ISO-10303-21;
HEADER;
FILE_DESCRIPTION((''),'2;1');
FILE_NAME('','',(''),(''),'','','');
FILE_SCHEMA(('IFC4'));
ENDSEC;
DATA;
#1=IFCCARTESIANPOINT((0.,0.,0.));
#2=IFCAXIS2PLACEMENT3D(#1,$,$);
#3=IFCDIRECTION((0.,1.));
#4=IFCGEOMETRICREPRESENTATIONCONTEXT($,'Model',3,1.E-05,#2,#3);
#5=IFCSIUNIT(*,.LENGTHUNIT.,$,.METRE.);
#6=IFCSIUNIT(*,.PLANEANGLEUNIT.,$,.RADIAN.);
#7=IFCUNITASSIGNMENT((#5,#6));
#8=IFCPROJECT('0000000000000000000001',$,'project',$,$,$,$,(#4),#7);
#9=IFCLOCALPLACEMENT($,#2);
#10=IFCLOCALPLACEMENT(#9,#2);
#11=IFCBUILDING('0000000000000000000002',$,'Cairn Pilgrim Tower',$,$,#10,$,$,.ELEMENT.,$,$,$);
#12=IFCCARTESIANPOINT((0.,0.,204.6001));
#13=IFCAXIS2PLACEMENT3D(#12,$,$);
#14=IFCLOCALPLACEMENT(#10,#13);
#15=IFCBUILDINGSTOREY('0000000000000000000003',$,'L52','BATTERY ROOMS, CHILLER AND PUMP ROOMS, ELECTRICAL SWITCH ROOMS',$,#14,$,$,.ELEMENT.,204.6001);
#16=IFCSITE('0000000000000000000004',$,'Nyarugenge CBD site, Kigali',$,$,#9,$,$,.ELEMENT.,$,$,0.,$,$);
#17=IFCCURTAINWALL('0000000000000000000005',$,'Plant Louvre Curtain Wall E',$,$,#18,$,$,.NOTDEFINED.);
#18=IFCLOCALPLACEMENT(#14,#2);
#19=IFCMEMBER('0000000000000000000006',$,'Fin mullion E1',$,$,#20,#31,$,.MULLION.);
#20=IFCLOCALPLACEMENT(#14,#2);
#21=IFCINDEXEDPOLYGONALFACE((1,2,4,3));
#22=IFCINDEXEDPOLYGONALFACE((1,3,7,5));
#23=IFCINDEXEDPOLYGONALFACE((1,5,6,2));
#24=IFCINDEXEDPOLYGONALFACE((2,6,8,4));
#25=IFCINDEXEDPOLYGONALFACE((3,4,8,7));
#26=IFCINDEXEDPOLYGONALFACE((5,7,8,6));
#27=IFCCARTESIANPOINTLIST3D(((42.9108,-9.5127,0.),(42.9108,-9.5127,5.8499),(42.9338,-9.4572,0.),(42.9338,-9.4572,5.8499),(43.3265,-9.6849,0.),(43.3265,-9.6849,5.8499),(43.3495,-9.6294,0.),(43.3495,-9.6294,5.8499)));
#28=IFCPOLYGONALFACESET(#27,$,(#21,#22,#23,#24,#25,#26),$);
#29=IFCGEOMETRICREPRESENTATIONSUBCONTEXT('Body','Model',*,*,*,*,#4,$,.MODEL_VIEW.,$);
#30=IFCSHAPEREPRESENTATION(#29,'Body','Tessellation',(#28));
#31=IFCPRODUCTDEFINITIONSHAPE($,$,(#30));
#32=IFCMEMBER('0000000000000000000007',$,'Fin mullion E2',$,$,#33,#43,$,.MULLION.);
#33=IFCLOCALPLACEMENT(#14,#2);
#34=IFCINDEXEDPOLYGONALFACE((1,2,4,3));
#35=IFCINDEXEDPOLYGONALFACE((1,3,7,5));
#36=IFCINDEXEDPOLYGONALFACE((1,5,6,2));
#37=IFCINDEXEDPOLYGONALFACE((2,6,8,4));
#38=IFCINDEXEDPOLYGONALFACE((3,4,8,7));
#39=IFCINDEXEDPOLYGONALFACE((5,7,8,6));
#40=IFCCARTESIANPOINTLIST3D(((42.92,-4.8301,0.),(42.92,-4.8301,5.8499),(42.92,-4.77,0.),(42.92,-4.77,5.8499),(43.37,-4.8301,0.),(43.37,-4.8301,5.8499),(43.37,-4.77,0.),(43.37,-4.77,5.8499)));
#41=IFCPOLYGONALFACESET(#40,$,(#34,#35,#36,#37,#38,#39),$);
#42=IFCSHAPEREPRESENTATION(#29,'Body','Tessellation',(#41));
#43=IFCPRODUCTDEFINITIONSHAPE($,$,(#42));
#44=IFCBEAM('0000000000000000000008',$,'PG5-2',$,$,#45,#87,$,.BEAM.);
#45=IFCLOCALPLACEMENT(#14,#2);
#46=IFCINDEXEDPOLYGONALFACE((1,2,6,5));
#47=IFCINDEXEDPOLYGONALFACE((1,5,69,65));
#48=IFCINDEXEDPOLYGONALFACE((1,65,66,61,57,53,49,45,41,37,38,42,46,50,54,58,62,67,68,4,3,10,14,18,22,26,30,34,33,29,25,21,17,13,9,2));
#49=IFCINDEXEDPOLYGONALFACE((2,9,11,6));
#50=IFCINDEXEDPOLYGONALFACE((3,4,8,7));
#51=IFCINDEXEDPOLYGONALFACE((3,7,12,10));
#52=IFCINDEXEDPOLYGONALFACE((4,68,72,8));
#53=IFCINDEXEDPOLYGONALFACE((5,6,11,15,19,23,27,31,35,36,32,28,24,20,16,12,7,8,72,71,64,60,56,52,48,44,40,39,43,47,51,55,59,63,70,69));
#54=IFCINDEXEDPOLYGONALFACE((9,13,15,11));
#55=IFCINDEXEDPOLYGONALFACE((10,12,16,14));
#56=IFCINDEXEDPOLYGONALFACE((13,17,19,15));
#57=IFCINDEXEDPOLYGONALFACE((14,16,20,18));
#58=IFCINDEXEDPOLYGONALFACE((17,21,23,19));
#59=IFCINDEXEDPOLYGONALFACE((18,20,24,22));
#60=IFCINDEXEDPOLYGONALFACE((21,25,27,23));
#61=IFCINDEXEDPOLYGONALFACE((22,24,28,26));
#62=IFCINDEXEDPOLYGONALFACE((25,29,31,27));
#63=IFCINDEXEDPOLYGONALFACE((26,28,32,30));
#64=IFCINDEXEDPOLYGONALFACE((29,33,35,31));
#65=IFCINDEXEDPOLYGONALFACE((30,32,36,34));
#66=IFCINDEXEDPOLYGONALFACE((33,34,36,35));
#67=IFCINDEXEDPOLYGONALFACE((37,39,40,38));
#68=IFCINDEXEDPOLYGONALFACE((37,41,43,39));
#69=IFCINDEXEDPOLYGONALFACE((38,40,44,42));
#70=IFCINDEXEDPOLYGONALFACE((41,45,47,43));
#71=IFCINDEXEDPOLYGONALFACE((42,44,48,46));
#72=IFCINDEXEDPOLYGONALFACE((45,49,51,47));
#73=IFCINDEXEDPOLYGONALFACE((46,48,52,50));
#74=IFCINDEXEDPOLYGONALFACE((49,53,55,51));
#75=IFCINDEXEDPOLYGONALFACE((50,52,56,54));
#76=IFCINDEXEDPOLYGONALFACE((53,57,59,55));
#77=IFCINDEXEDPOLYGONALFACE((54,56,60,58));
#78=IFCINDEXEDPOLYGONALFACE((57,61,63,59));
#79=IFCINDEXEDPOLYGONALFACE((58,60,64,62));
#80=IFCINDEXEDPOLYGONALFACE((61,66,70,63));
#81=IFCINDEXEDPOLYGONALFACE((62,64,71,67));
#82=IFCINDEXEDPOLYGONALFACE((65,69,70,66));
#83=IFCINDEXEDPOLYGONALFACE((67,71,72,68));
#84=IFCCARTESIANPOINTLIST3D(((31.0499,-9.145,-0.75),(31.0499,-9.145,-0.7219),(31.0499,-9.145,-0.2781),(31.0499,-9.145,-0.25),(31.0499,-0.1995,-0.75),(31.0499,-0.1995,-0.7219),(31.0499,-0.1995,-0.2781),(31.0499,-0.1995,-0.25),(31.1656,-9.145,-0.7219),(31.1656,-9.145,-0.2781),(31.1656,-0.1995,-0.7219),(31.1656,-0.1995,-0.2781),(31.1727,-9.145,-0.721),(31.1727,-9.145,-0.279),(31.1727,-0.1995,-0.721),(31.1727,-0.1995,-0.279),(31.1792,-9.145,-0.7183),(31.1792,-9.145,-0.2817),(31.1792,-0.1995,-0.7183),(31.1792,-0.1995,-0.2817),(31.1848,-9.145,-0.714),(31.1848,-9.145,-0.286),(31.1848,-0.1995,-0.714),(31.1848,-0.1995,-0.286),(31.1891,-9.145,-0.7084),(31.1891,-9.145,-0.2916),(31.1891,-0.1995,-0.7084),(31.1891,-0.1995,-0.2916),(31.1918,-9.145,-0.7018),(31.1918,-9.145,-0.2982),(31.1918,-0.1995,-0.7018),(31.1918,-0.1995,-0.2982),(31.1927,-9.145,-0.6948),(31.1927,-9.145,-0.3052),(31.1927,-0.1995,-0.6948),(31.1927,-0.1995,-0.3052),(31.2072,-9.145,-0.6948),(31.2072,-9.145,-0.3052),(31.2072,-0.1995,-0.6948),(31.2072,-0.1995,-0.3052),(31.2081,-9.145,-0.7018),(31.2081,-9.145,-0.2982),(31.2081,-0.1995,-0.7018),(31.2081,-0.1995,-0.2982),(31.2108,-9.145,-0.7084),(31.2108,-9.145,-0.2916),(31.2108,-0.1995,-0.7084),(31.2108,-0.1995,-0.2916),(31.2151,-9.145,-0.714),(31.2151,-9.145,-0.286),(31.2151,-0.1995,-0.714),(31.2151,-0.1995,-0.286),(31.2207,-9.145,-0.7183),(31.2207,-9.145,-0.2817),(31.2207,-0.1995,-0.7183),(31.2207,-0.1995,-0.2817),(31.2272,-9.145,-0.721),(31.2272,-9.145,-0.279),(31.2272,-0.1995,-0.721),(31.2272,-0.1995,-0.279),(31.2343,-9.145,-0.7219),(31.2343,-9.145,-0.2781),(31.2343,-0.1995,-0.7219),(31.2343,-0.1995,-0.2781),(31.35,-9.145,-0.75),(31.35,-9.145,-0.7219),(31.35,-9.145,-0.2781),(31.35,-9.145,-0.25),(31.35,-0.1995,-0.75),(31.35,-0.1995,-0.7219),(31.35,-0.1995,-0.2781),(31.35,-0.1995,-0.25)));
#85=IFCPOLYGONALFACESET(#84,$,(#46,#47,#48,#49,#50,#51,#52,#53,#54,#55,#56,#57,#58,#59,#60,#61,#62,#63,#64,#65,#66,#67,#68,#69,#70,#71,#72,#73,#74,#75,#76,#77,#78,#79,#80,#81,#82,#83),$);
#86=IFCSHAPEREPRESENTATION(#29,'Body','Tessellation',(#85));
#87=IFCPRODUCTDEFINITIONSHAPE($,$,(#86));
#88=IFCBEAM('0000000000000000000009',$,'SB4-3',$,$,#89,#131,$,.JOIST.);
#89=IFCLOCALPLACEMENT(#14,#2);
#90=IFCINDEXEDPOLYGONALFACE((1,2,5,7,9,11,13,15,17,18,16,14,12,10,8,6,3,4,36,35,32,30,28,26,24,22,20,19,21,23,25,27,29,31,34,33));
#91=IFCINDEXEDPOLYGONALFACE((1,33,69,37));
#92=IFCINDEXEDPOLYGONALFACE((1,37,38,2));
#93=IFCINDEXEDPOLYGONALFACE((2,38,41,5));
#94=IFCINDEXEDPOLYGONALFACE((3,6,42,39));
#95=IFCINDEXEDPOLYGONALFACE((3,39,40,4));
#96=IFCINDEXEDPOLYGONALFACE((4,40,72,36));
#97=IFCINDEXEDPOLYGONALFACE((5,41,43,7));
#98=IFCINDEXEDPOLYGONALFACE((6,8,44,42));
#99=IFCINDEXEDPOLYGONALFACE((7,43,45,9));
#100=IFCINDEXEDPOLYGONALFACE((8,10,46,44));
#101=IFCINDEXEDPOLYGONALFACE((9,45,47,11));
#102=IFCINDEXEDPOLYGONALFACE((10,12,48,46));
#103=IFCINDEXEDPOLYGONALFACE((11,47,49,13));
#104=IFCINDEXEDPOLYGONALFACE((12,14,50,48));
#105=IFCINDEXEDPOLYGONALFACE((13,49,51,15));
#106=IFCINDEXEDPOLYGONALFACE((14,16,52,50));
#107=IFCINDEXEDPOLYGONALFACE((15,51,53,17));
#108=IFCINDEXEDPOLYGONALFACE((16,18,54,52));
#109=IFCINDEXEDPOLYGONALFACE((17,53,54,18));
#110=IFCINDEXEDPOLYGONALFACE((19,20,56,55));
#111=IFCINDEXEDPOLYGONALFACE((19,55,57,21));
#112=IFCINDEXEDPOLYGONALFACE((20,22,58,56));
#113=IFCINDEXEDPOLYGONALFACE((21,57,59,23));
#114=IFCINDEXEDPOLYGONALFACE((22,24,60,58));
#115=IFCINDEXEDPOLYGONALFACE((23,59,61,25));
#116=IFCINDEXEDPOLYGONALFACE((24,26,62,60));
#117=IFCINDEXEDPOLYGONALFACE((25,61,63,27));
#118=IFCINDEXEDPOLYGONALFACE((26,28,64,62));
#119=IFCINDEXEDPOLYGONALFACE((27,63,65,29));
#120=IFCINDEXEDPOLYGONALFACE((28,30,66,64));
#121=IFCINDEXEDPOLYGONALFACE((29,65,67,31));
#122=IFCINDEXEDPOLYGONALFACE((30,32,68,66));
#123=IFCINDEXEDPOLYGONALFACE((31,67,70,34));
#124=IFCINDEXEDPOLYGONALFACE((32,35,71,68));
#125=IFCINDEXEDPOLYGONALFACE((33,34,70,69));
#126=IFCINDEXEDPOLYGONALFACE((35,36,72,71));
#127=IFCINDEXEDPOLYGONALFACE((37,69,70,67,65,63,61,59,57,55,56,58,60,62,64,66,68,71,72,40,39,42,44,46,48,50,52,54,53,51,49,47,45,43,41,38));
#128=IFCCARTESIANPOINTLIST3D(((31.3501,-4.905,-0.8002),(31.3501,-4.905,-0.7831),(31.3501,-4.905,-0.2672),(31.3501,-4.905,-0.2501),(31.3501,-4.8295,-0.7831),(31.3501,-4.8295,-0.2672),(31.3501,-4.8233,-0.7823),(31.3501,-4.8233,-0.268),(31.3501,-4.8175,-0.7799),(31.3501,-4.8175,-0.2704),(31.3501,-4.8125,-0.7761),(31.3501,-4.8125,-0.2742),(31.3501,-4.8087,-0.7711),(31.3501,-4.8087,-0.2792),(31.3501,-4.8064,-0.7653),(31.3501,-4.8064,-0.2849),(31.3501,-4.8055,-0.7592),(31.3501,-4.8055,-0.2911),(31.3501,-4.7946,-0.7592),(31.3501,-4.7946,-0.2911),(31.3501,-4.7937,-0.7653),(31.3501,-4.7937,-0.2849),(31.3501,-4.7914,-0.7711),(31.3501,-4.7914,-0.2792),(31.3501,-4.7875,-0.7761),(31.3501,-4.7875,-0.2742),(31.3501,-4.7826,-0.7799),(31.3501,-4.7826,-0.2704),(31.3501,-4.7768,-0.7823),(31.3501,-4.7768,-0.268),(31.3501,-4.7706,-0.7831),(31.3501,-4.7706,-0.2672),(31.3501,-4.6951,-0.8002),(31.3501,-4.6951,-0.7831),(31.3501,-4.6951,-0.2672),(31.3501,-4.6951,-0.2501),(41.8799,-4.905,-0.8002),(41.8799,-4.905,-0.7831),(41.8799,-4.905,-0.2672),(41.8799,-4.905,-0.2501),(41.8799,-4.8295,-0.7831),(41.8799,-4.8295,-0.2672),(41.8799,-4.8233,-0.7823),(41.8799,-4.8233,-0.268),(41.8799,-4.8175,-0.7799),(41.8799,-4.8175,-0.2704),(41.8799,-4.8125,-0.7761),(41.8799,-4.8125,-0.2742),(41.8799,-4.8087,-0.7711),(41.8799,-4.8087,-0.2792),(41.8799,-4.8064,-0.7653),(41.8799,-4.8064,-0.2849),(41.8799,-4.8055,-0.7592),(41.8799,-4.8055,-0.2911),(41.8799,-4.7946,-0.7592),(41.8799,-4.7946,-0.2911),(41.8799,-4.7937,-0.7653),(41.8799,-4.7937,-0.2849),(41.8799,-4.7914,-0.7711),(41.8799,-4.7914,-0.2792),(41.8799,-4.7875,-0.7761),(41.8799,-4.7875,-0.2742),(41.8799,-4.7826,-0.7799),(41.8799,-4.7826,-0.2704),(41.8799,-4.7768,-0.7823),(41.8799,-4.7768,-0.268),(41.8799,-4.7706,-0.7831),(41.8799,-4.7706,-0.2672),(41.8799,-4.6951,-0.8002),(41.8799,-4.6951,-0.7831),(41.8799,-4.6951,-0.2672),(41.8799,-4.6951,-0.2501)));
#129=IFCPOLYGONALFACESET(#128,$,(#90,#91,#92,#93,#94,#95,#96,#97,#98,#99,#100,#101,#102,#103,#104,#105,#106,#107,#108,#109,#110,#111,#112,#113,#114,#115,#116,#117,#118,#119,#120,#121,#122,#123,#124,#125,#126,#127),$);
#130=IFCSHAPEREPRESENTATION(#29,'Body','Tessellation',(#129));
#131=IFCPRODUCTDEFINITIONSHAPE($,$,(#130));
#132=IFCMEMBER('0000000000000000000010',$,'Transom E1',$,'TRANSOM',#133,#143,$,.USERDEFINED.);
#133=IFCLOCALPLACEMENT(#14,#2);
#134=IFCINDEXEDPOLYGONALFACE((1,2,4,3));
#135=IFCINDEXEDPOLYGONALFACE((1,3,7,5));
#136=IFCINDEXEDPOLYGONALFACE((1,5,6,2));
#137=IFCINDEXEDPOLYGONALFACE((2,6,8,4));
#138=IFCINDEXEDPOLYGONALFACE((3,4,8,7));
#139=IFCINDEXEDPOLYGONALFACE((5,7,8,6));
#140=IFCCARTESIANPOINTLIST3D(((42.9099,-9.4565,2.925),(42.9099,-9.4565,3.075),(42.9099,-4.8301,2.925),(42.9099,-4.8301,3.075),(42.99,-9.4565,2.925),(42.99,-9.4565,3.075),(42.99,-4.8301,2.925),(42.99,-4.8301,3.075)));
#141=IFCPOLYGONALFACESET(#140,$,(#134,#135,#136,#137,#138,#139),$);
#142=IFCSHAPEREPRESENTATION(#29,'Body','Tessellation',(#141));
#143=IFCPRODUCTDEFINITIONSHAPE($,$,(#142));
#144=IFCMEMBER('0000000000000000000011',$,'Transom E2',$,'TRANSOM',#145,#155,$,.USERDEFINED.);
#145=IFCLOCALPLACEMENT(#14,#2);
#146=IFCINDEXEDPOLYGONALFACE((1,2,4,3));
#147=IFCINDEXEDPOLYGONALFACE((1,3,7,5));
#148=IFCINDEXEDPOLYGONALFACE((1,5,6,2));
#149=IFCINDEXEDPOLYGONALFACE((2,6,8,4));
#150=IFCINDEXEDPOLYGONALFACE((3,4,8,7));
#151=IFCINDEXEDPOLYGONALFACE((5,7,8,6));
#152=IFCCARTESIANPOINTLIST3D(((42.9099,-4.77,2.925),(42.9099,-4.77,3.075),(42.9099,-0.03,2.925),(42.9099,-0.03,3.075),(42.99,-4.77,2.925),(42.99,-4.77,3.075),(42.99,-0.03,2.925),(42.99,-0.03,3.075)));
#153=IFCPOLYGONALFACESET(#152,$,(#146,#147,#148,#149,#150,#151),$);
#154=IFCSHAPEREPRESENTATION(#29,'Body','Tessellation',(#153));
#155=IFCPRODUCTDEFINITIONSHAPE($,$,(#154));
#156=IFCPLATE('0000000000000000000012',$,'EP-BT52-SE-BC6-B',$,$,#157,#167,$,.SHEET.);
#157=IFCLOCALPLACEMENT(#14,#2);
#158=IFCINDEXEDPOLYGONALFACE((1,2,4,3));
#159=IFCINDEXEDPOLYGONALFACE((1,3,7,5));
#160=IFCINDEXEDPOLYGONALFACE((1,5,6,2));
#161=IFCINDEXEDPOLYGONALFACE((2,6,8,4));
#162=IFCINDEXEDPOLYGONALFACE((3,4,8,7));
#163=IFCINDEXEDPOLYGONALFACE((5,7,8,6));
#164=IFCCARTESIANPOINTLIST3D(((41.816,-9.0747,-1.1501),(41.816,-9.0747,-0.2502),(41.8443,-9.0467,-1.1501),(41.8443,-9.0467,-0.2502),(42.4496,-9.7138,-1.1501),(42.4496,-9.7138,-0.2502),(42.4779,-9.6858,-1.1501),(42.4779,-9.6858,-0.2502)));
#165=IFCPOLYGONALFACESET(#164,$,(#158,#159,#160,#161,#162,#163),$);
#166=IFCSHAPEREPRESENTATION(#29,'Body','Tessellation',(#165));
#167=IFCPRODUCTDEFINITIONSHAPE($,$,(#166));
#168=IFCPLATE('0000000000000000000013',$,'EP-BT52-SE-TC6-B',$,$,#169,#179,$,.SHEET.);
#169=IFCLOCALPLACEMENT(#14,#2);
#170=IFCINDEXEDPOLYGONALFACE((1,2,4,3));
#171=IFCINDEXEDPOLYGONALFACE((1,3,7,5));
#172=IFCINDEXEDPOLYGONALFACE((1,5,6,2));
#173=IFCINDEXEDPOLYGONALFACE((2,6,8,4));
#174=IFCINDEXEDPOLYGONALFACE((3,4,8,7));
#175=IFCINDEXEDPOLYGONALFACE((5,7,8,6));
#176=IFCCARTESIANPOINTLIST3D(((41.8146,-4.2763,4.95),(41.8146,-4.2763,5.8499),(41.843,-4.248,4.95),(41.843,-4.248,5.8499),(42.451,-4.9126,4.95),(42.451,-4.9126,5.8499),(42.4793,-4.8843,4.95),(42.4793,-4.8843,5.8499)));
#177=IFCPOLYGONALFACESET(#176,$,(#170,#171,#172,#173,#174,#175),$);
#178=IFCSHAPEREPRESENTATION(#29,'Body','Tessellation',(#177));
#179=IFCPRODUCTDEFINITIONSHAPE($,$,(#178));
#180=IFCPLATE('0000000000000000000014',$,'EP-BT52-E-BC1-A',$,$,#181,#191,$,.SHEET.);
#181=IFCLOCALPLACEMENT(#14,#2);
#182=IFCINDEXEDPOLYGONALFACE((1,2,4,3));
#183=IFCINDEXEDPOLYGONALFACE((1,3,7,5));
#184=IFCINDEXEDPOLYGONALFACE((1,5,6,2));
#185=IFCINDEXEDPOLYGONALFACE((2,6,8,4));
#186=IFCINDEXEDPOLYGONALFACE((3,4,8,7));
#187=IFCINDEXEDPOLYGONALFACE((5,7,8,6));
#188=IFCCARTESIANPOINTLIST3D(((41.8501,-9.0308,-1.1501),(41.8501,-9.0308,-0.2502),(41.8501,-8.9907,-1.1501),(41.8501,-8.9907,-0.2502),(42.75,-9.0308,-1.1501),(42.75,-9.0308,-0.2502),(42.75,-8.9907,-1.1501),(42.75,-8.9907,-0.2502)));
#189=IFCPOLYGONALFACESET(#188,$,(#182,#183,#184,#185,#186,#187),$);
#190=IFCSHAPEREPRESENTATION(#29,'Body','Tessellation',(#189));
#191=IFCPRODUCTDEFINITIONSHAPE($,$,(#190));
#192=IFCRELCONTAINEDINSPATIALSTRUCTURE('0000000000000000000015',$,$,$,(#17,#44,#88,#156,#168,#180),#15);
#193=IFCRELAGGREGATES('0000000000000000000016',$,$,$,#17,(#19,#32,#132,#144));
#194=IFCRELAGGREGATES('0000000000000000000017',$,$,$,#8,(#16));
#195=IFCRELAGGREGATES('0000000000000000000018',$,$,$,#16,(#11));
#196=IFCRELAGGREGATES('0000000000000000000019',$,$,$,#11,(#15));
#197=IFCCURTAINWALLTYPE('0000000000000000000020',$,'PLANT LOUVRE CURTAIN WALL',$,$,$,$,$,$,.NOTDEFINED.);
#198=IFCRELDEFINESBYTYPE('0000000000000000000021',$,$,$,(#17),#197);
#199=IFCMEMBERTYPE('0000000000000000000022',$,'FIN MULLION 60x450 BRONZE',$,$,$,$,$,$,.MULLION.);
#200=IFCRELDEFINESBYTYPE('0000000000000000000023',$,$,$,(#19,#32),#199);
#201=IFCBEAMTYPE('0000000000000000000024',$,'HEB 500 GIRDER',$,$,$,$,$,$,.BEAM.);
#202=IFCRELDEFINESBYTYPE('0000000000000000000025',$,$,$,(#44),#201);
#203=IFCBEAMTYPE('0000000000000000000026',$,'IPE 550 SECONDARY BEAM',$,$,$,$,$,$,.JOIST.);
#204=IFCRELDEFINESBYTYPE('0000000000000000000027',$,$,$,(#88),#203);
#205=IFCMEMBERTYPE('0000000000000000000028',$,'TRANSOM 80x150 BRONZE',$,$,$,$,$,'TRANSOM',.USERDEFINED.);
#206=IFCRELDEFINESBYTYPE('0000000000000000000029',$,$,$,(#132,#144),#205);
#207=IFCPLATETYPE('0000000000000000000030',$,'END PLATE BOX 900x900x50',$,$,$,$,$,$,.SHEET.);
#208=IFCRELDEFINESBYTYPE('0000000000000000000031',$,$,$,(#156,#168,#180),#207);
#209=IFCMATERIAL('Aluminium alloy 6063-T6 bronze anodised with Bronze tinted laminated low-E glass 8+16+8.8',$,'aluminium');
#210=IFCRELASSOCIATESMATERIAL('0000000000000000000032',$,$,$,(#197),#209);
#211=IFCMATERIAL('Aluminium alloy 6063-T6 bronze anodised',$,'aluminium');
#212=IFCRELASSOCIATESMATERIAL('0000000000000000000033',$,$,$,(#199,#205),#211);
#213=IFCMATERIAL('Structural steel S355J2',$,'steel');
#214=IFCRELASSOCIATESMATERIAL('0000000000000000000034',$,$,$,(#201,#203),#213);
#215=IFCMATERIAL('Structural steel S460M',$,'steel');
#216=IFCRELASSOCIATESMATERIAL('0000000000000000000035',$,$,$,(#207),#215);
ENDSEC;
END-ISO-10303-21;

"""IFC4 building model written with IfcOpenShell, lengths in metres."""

from ifc_helpers import new_model, si_unit, direction, frame, origin, origin_2d, place, context, subcontext, project, spatial, rectangle, i_section, extrude, material, material_profile, profile_set, type_object, element, aggregate, save


model = new_model("IFC4")

# Units and contexts
model_context = context("Model", 3, precision=1e-05, world=origin(), true_north=direction((0.0, 1.0)))
body_context = subcontext(model_context, "Body", "Model", "MODEL_VIEW")
ifc_project = project(units=[si_unit("LENGTHUNIT", "METRE"), si_unit("PLANEANGLEUNIT", "RADIAN")], contexts=[model_context])

# Site, building, storey
site_placement = place(None, origin())
site = spatial("IfcSite", under=ifc_project, at=site_placement, Name="Nyarugenge CBD site, Kigali", CompositionType="ELEMENT", RefElevation=0.0)
building_placement = place(site_placement, origin())
building = spatial("IfcBuilding", under=site, at=building_placement, Name="Cairn Pilgrim Tower", CompositionType="ELEMENT")
storey_placement = place(building_placement, frame((0.0, 0.0, 204.6001)))
storey = spatial("IfcBuildingStorey", under=building, at=storey_placement, Name="L52", Description="BATTERY ROOMS, CHILLER AND PUMP ROOMS, ELECTRICAL SWITCH ROOMS", CompositionType="ELEMENT", Elevation=204.6001)

# Shared definitions
ifc_material_1 = material(Name="Structural steel S460M", Category="steel")

# Curtain wall, members
ifc_material_2 = material(Name="Aluminium alloy 6063-T6 bronze anodised with Bronze tinted laminated low-E glass 8+16+8.8", Category="aluminium")
curtain_wall_type = type_object("IfcCurtainWallType", Name="PLANT LOUVRE CURTAIN WALL", PredefinedType="NOTDEFINED", material=ifc_material_2)
curtain_wall_1_placement = place(storey_placement, origin())
curtain_wall_1 = element("IfcCurtainWall", 1, at=curtain_wall_1_placement, inside=storey, type_object=curtain_wall_type, Name="Plant Louvre Curtain Wall E", PredefinedType="NOTDEFINED")
ifc_material_3 = material(Name="Aluminium alloy 6063-T6 bronze anodised", Category="aluminium")
ifc_material_profile_1 = material_profile(ifc_material_3, rectangle(XDim=0.45, YDim=0.0601, at=origin_2d()), Name="FIN MULLION 60x450 BRONZE")
ifc_profile_set_1 = profile_set([ifc_material_profile_1], Name="Aluminium alloy 6063-T6 bronze anodised")
member_type_1 = type_object("IfcMemberType", Name="FIN MULLION 60x450 BRONZE", PredefinedType="MULLION", material=ifc_profile_set_1)
member_1_placement = place(storey_placement, frame((43.1301, -9.571, 0.0), z_axis=(0.0, 0.0, 1.0), x_axis=(0.92388, -0.382683, 0.0)))
member_1 = element("IfcMember", 2, at=member_1_placement, type_object=member_type_1, Name="Fin mullion E1", PredefinedType="MULLION", context=body_context, shape_type="SweptSolid", body=[
    extrude(rectangle(XDim=0.45, YDim=0.0601, at=origin_2d()), origin(), (0.0, 0.0, 1.0), 5.8499),
])
member_2_placement = place(storey_placement, frame((43.145, -4.8, 0.0), z_axis=(0.0, 0.0, 1.0), x_axis=(1.0, 0.0, 0.0)))
member_2 = element("IfcMember", 3, at=member_2_placement, type_object=member_type_1, Name="Fin mullion E2", PredefinedType="MULLION", context=body_context, shape_type="SweptSolid", body=[
    extrude(rectangle(XDim=0.45, YDim=0.0601, at=origin_2d()), origin(), (0.0, 0.0, 1.0), 5.8499),
])

# Beams
ifc_material_4 = material(Name="Structural steel S355J2", Category="steel")
ifc_material_profile_2 = material_profile(ifc_material_4, i_section(OverallWidth=0.3, OverallDepth=0.5, WebThickness=0.0144, FlangeThickness=0.0281, FilletRadius=0.0271, at=origin_2d()), Name="HEB 500")
ifc_profile_set_2 = profile_set([ifc_material_profile_2], Name="Structural steel S355J2")
beam_type_1 = type_object("IfcBeamType", Name="HEB 500 GIRDER", PredefinedType="BEAM", material=ifc_profile_set_2)
beam_1_placement = place(storey_placement, frame((31.2, -9.145, -0.5), z_axis=(0.0, 1.0, 0.0), x_axis=(-1.0, 0.0, 0.0)))
element("IfcBeam", 4, at=beam_1_placement, inside=storey, type_object=beam_type_1, Name="PG5-2", PredefinedType="BEAM", context=body_context, shape_type="SweptSolid", body=[
    extrude(i_section(OverallWidth=0.3, OverallDepth=0.5, WebThickness=0.0144, FlangeThickness=0.0281, FilletRadius=0.0271, at=origin_2d()), origin(), (0.0, 0.0, 1.0), 8.9456),
])
ifc_material_profile_3 = material_profile(ifc_material_4, i_section(OverallWidth=0.21, OverallDepth=0.55, WebThickness=0.011, FlangeThickness=0.0171, FilletRadius=0.0239, at=origin_2d()), Name="IPE 550")
ifc_profile_set_3 = profile_set([ifc_material_profile_3], Name="Structural steel S355J2")
beam_type_2 = type_object("IfcBeamType", Name="IPE 550 SECONDARY BEAM", PredefinedType="JOIST", material=ifc_profile_set_3)
beam_2_placement = place(storey_placement, frame((31.3501, -4.8, -0.5251), z_axis=(1.0, 0.0, 0.0), x_axis=(0.0, 1.0, 0.0)))
element("IfcBeam", 5, at=beam_2_placement, inside=storey, type_object=beam_type_2, Name="SB4-3", PredefinedType="JOIST", context=body_context, shape_type="SweptSolid", body=[
    extrude(i_section(OverallWidth=0.21, OverallDepth=0.55, WebThickness=0.011, FlangeThickness=0.0171, FilletRadius=0.0239, at=origin_2d()), origin(), (0.0, 0.0, 1.0), 10.5298),
])

# Members
ifc_material_profile_4 = material_profile(ifc_material_3, rectangle(XDim=0.0801, YDim=0.1499, at=origin_2d()), Name="TRANSOM 80x150 BRONZE")
ifc_profile_set_4 = profile_set([ifc_material_profile_4], Name="Aluminium alloy 6063-T6 bronze anodised")
member_type_2 = type_object("IfcMemberType", Name="TRANSOM 80x150 BRONZE", ElementType="TRANSOM", PredefinedType="USERDEFINED", material=ifc_profile_set_4)
member_3_placement = place(storey_placement, frame((42.95, -9.4565, 3.0), z_axis=(0.0, 1.0, 0.0), x_axis=(-1.0, 0.0, 0.0)))
member_3 = element("IfcMember", 6, at=member_3_placement, type_object=member_type_2, Name="Transom E1", ObjectType="TRANSOM", PredefinedType="USERDEFINED", context=body_context, shape_type="SweptSolid", body=[
    extrude(rectangle(XDim=0.0801, YDim=0.1499, at=origin_2d()), origin(), (0.0, 0.0, 1.0), 4.6265),
])
member_4_placement = place(storey_placement, frame((42.95, -4.77, 3.0), z_axis=(0.0, 1.0, 0.0), x_axis=(-1.0, 0.0, 0.0)))
member_4 = element("IfcMember", 7, at=member_4_placement, type_object=member_type_2, Name="Transom E2", ObjectType="TRANSOM", PredefinedType="USERDEFINED", context=body_context, shape_type="SweptSolid", body=[
    extrude(rectangle(XDim=0.0801, YDim=0.1499, at=origin_2d()), origin(), (0.0, 0.0, 1.0), 4.74),
])

# Plates
ifc_material_profile_5 = material_profile(ifc_material_1, rectangle(XDim=0.8999, YDim=0.8999, at=origin_2d()), Name="END PLATE BOX 900x900x50")
ifc_profile_set_5 = profile_set([ifc_material_profile_5], Name="Structural steel S460M")
plate_type_1 = type_object("IfcPlateType", Name="END PLATE BOX 900x900x50", PredefinedType="SHEET", material=ifc_profile_set_5)
plate_1_placement = place(storey_placement, frame((42.1328, -9.3943, -0.7002), z_axis=(0.710161, 0.704039, 0.0), x_axis=(-0.704039, 0.710161, 0.0)))
element("IfcPlate", 8, at=plate_1_placement, inside=storey, type_object=plate_type_1, Name="EP-BT52-SE-BC6-B", PredefinedType="SHEET", context=body_context, shape_type="SweptSolid", body=[
    extrude(rectangle(XDim=0.8999, YDim=0.8999, at=origin_2d()), origin(), (0.0, 0.0, 1.0), 0.0398),
])
for number, where, z_axis, x_axis, name in (
    (9, (42.1328, -4.5945, 5.3999), (0.707107, 0.707107, 0.0), (-0.707107, 0.707107, 0.0), "EP-BT52-SE-TC6-B"),
    (10, (42.3, -8.9907, -0.7002), (0.0, -1.0, 0.0), (1.0, 0.0, 0.0), "EP-BT52-E-BC1-A"),
):
    element("IfcPlate", number, at=place(storey_placement, frame(where, z_axis=z_axis, x_axis=x_axis)), inside=storey, type_object=plate_type_1, Name=name, PredefinedType="SHEET", context=body_context, shape_type="SweptSolid", body=[
        extrude(rectangle(XDim=0.8999, YDim=0.8999, at=origin_2d()), origin(), (0.0, 0.0, 1.0), 0.04),
    ])

aggregate(curtain_wall_1, [member_1, member_2, member_3, member_4])

save(model, "model.ifc")
